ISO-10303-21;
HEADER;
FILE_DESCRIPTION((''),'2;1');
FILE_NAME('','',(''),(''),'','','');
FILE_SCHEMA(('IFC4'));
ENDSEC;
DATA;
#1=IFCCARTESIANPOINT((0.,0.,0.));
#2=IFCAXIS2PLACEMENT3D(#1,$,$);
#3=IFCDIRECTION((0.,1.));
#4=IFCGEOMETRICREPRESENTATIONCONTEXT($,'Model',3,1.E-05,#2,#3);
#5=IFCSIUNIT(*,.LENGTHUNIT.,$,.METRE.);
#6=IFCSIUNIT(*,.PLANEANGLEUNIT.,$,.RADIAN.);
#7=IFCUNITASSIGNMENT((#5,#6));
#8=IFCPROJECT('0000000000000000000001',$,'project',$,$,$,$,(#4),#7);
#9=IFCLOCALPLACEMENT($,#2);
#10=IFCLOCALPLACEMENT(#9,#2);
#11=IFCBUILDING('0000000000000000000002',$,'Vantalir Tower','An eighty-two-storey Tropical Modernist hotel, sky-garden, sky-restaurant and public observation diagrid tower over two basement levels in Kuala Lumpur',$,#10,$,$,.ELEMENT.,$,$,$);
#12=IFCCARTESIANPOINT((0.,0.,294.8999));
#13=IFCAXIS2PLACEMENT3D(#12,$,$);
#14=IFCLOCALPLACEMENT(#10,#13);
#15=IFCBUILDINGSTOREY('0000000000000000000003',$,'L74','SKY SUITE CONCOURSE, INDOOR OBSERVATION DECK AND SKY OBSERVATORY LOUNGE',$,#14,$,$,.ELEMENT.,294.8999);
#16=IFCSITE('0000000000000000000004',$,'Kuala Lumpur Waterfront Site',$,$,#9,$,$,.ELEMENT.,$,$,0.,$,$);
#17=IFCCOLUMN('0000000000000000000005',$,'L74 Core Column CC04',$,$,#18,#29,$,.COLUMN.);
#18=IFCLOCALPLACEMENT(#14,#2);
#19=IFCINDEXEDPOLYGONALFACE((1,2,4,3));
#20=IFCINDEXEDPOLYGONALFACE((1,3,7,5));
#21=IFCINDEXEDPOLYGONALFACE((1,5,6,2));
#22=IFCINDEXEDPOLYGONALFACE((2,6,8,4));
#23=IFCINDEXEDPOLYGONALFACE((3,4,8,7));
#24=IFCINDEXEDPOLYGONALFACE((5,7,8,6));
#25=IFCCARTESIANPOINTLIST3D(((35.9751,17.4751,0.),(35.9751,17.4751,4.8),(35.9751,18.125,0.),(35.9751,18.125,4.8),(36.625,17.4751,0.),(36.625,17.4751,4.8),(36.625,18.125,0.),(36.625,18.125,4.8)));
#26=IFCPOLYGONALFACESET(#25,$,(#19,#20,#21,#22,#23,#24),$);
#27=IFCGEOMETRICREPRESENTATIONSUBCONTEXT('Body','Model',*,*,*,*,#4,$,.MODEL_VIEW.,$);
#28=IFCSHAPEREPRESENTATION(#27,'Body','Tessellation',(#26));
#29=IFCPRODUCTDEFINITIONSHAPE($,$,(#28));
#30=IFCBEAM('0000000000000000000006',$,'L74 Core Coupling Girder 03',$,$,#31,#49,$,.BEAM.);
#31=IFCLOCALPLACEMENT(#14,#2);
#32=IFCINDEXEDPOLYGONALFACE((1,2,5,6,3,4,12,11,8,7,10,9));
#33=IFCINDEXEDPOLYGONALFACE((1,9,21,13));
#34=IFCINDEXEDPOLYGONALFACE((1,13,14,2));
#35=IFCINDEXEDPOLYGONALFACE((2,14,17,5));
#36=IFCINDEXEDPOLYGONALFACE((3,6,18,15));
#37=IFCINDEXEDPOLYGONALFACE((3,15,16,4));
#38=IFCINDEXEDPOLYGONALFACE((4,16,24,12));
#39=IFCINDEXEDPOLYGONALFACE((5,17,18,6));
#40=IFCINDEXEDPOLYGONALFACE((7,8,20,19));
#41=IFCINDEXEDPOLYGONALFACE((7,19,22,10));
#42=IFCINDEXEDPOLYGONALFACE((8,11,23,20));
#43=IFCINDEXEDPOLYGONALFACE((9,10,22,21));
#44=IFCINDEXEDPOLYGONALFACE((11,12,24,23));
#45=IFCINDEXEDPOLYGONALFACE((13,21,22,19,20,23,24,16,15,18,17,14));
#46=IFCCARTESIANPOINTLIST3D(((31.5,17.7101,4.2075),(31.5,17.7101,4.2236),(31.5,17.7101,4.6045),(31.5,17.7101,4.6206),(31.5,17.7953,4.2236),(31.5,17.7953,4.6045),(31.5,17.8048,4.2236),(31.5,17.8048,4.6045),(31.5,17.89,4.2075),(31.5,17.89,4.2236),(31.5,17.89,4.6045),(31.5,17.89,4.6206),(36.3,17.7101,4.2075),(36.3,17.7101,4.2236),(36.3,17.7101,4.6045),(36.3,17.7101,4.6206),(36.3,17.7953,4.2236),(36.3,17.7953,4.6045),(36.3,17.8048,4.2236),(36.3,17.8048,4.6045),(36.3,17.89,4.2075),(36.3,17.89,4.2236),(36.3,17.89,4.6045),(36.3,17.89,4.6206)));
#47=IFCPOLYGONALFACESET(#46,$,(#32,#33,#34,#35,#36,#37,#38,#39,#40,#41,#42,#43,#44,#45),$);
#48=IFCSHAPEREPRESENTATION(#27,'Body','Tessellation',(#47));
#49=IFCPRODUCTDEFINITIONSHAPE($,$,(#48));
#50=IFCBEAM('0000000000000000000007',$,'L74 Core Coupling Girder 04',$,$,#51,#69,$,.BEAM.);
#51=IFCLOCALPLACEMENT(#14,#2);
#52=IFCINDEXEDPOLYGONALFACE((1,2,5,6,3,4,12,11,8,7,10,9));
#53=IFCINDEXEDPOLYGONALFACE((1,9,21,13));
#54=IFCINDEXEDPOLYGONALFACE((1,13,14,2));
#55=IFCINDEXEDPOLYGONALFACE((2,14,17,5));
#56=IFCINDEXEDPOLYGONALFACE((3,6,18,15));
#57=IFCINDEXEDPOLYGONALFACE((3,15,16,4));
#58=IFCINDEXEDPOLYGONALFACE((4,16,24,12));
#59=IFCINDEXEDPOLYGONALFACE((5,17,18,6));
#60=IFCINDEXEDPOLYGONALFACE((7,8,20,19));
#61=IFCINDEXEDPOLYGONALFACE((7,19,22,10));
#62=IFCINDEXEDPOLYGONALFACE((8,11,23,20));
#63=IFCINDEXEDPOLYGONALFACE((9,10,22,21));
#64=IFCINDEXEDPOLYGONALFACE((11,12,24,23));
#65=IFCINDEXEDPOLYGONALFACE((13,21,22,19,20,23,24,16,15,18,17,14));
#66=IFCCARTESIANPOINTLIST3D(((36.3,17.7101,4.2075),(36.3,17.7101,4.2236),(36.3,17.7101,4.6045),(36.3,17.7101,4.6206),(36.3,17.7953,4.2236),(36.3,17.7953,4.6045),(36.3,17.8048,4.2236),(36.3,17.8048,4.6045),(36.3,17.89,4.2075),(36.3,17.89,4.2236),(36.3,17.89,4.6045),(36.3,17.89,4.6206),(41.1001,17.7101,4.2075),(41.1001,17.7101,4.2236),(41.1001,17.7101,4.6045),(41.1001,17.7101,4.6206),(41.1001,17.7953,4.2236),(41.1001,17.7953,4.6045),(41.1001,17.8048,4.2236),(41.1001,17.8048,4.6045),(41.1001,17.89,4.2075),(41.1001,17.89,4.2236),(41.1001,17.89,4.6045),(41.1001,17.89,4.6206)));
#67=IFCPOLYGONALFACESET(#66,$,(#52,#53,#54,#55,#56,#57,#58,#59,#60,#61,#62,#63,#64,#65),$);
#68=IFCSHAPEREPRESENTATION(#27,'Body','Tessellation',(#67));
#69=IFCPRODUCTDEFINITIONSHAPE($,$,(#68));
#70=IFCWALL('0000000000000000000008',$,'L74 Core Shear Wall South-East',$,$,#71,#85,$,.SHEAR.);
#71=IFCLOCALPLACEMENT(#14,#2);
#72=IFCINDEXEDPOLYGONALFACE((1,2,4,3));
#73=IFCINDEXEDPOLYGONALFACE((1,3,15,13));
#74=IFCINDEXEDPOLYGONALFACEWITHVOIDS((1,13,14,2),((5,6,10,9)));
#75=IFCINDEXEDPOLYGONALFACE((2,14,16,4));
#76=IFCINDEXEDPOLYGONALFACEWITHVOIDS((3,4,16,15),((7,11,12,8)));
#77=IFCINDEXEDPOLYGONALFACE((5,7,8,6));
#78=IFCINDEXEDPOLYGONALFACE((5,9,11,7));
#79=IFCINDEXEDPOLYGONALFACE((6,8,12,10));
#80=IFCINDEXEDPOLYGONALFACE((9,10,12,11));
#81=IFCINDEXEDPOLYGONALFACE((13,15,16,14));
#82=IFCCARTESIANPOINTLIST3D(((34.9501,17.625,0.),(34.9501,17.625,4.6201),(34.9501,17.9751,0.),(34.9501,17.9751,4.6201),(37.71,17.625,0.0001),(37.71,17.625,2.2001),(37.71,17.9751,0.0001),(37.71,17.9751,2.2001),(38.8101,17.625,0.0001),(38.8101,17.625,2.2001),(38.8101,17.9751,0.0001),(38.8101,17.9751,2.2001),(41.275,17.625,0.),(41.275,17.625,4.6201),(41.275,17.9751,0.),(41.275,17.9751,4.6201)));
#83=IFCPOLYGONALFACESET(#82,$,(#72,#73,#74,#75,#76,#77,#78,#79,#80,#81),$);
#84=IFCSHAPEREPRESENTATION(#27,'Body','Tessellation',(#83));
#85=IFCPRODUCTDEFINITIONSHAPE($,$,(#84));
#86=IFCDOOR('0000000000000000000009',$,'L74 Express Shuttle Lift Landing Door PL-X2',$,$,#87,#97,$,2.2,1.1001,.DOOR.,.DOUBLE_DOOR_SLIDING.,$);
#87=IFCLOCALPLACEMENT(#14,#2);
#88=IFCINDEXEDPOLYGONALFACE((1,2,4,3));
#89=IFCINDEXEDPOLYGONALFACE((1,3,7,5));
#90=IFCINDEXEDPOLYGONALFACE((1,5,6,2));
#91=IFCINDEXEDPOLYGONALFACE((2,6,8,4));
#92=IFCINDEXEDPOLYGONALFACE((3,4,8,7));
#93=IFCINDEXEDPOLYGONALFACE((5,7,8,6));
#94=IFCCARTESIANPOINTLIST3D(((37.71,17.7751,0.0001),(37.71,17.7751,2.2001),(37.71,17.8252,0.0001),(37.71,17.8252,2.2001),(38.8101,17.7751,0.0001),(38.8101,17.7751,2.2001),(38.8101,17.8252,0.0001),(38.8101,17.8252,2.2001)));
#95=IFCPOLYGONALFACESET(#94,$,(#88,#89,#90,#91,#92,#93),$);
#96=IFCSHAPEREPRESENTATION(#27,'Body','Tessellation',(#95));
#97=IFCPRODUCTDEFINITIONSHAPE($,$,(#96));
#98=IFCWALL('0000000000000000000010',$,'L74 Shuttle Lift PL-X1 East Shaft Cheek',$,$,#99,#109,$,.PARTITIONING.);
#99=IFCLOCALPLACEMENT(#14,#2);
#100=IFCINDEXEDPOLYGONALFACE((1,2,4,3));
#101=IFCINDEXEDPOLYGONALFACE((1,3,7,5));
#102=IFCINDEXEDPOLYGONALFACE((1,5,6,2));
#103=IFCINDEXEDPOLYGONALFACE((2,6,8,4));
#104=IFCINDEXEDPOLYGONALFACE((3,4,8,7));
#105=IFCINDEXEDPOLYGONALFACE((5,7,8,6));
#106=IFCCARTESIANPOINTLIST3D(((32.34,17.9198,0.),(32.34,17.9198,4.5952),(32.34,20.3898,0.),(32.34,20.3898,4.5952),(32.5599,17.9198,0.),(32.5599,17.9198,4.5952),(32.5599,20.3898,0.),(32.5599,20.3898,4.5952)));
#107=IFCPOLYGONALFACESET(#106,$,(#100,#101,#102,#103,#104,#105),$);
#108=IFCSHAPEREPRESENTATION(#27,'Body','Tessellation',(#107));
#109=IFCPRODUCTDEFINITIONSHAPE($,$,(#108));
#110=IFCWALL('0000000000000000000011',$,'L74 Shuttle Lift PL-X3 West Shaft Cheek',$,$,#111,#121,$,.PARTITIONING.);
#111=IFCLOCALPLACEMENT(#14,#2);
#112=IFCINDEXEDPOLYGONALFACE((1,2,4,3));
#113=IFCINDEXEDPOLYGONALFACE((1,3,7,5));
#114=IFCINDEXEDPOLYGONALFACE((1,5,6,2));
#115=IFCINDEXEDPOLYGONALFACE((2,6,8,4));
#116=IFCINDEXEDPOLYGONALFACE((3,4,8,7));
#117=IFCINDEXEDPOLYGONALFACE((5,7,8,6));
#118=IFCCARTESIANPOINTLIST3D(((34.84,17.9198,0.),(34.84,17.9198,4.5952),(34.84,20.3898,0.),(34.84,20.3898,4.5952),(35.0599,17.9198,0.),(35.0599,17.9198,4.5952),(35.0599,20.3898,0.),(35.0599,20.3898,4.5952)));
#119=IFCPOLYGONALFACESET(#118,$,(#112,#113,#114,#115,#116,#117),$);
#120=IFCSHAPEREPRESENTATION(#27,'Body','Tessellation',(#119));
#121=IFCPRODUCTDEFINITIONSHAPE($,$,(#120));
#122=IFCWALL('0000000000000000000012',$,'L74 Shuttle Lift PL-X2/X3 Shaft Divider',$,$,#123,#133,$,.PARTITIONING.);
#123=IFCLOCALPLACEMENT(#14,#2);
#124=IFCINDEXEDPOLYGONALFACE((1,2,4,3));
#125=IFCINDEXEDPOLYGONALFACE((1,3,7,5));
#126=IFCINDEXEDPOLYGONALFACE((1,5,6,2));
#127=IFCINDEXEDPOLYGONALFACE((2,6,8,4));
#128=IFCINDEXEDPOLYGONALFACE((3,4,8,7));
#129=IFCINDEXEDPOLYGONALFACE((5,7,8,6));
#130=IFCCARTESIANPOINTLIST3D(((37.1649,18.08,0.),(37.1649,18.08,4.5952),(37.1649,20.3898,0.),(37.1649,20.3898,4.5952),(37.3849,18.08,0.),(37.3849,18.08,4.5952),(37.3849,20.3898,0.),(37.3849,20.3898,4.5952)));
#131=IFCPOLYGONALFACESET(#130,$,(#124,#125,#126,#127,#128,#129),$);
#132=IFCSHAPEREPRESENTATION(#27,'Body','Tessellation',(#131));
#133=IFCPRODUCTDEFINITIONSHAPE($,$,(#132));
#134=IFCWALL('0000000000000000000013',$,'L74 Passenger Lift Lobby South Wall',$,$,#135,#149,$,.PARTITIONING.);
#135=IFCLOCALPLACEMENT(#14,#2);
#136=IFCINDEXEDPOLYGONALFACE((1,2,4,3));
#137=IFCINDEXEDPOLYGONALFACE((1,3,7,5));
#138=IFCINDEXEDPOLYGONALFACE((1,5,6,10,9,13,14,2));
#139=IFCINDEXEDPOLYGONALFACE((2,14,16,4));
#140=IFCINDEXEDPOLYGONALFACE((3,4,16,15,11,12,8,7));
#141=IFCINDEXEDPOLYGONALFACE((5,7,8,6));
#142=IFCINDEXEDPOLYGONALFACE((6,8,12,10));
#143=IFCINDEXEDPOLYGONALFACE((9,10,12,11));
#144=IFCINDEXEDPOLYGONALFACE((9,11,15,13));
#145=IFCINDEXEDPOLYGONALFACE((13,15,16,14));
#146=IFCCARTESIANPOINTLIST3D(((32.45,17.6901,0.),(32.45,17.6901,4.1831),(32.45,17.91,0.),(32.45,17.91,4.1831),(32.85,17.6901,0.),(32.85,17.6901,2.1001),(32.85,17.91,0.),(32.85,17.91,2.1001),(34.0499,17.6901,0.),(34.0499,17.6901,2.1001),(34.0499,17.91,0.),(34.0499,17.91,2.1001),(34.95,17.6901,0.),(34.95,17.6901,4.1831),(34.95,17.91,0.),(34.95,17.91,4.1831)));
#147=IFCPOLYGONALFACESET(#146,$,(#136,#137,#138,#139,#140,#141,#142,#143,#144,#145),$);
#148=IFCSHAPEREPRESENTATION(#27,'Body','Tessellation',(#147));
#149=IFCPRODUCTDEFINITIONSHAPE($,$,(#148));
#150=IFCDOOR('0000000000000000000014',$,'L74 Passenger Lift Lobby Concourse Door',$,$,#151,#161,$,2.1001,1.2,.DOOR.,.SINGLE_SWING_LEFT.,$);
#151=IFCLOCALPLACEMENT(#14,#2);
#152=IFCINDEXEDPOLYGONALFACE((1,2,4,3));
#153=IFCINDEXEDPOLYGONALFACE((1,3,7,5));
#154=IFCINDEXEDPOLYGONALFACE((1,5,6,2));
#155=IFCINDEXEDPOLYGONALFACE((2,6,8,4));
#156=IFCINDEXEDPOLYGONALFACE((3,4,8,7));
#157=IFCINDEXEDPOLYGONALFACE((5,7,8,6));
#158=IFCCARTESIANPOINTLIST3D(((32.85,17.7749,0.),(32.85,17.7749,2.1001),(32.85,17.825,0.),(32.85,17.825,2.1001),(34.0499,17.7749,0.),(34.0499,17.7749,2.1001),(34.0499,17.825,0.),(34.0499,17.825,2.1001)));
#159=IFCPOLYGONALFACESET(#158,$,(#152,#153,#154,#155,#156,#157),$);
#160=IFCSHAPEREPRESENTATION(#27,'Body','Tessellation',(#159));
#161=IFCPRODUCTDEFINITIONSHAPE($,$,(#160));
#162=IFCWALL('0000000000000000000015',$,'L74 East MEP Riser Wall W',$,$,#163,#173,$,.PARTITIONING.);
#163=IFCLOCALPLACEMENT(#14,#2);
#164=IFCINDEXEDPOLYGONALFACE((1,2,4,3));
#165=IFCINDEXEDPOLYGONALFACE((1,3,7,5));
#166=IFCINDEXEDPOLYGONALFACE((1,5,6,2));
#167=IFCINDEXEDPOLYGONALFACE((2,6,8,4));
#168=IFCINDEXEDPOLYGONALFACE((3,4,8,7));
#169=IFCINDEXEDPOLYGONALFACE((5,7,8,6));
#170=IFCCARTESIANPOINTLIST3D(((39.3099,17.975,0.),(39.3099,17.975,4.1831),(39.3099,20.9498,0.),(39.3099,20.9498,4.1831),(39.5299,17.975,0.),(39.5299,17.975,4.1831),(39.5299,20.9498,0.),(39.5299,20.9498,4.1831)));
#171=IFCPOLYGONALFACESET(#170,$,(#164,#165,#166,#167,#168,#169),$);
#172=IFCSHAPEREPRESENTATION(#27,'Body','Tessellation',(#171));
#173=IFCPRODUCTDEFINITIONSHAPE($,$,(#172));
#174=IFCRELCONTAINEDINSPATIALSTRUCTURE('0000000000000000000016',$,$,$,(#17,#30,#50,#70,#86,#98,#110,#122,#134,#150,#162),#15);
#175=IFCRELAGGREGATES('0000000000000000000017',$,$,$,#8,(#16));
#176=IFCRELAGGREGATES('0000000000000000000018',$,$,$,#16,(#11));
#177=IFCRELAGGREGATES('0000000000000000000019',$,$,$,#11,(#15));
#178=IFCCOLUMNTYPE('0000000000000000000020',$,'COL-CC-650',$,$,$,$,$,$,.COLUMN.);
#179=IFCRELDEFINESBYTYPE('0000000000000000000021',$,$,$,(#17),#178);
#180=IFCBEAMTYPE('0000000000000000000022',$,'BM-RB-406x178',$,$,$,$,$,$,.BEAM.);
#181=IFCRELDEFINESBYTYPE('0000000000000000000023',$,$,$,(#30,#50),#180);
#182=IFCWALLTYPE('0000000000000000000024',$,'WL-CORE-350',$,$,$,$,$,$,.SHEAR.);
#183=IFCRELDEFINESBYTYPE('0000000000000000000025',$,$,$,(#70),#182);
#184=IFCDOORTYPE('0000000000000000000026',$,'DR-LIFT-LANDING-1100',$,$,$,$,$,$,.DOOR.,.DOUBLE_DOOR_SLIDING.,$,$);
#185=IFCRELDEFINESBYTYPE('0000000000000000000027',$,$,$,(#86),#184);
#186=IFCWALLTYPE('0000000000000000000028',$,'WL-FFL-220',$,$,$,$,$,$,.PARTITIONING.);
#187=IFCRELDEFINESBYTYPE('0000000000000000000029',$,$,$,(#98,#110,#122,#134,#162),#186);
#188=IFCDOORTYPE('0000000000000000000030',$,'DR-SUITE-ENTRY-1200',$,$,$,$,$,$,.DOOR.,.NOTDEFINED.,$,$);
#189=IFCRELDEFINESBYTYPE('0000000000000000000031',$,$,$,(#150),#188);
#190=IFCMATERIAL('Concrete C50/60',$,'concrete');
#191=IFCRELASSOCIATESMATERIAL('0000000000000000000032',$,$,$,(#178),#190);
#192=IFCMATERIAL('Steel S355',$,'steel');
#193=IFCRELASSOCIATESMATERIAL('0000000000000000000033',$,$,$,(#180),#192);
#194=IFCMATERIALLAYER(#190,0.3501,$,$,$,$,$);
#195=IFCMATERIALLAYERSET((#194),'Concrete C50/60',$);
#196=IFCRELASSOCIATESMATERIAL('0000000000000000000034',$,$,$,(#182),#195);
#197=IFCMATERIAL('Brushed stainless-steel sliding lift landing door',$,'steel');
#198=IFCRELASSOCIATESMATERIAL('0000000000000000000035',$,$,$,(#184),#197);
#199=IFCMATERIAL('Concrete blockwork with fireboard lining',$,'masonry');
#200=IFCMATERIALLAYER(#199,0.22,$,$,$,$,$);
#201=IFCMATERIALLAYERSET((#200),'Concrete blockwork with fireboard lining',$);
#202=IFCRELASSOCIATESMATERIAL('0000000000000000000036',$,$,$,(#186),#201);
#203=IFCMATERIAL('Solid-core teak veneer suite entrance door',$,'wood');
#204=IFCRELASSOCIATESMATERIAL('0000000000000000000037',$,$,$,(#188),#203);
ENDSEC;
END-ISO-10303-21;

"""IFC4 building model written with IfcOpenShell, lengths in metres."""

from ifc_helpers import new_model, si_unit, direction, frame, frame_2d, origin, origin_2d, place, context, subcontext, project, spatial, rectangle, i_section, extrude, material, layer, layer_set, material_profile, profile_set, type_object, element, fill, save


model = new_model("IFC4")

# Units and contexts
model_context = context("Model", 3, precision=1e-05, world=origin(), true_north=direction((0.0, 1.0)))
body_context = subcontext(model_context, "Body", "Model", "MODEL_VIEW")
ifc_project = project(units=[si_unit("LENGTHUNIT", "METRE"), si_unit("PLANEANGLEUNIT", "RADIAN")], contexts=[model_context])

# Site, building, storey
site_placement = place(None, origin())
site = spatial("IfcSite", under=ifc_project, at=site_placement, Name="Kuala Lumpur Waterfront Site", CompositionType="ELEMENT", RefElevation=0.0)
building_placement = place(site_placement, origin())
building = spatial("IfcBuilding", under=site, at=building_placement, Name="Vantalir Tower", Description="An eighty-two-storey Tropical Modernist hotel, sky-garden, sky-restaurant and public observation diagrid tower over two basement levels in Kuala Lumpur", CompositionType="ELEMENT")
storey_placement = place(building_placement, frame((0.0, 0.0, 294.8999)))
storey = spatial("IfcBuildingStorey", under=building, at=storey_placement, Name="L74", Description="SKY SUITE CONCOURSE, INDOOR OBSERVATION DECK AND SKY OBSERVATORY LOUNGE", CompositionType="ELEMENT", Elevation=294.8999)

# Column
ifc_material_1 = material(Name="Concrete C50/60", Category="concrete")
ifc_material_profile_1 = material_profile(ifc_material_1, rectangle(XDim=0.6499, YDim=0.6499, at=origin_2d()), Name="Concrete C50/60")
ifc_profile_set_1 = profile_set([ifc_material_profile_1], Name="Concrete C50/60")
column_type = type_object("IfcColumnType", Name="COL-CC-650", PredefinedType="COLUMN", material=ifc_profile_set_1)
column_placement = place(storey_placement, frame((36.3, 17.8, 0.0), z_axis=(0.0, 0.0, 1.0), x_axis=(1.0, 0.0, 0.0)))
element("IfcColumn", 1, at=column_placement, inside=storey, type_object=column_type, Name="L74 Core Column CC04", PredefinedType="COLUMN", context=body_context, shape_type="SweptSolid", body=[
    extrude(rectangle(XDim=0.6499, YDim=0.6499, at=origin_2d()), origin(), (0.0, 0.0, 1.0), 4.8),
])

# Beams
ifc_material_2 = material(Name="Steel S355", Category="steel")
ifc_material_profile_2 = material_profile(ifc_material_2, i_section(OverallWidth=0.1799, OverallDepth=0.4131, WebThickness=0.0095, FlangeThickness=0.0161, at=origin_2d()), Name="Steel S355")
ifc_profile_set_2 = profile_set([ifc_material_profile_2], Name="Steel S355")
beam_type = type_object("IfcBeamType", Name="BM-RB-406x178", PredefinedType="BEAM", material=ifc_profile_set_2)
for number, where, z_axis, x_axis, name in (
    (2, (31.5, 17.8, 4.4141), (1.0, 0.0, 0.0), (0.0, 1.0, 0.0), "L74 Core Coupling Girder 03"),
    (3, (36.3, 17.8, 4.4141), (1.0, 0.0, 0.0), (0.0, 1.0, 0.0), "L74 Core Coupling Girder 04"),
):
    element("IfcBeam", number, at=place(storey_placement, frame(where, z_axis=z_axis, x_axis=x_axis)), inside=storey, type_object=beam_type, Name=name, PredefinedType="BEAM", context=body_context, shape_type="SweptSolid", body=[
        extrude(i_section(OverallWidth=0.1799, OverallDepth=0.4131, WebThickness=0.0095, FlangeThickness=0.0161, at=origin_2d()), origin(), (0.0, 0.0, 1.0), 4.8),
    ])

# Wall, opening, door
ifc_layer_1 = layer(ifc_material_1, 0.3501)
ifc_layer_set_1 = layer_set([ifc_layer_1], Name="Concrete C50/60")
wall_type_1 = type_object("IfcWallType", Name="WL-CORE-350", PredefinedType="SHEAR", material=ifc_layer_set_1)
wall_1_placement = place(storey_placement, frame((34.95, 17.8, 0.0), z_axis=(0.0, 0.0, 1.0), x_axis=(1.0, 0.0, 0.0)))
wall_1 = element("IfcWall", 4, at=wall_1_placement, inside=storey, type_object=wall_type_1, Name="L74 Core Shear Wall South-East", PredefinedType="SHEAR", context=body_context, shape_type="SweptSolid", body=[
    extrude(rectangle(XDim=6.325, YDim=0.3501, at=frame_2d((3.1626, 0.0))), origin(), (0.0, 0.0, 1.0), 4.6201),
])
opening_1_placement = place(wall_1_placement, frame((2.76, 0.0, 0.0)))
opening_1 = element("IfcOpeningElement", 5, at=opening_1_placement, cuts=wall_1, PredefinedType="OPENING", context=body_context, shape_type="SweptSolid", body=[
    extrude(rectangle(XDim=1.1001, YDim=2.2, at=frame_2d((0.55, 1.1001))), frame((0.0, 0.1851, 0.0), z_axis=(0.0, -1.0, 0.0), x_axis=(1.0, 0.0, 0.0)), (0.0, 0.0, 1.0), 0.3701),
])
ifc_material_3 = material(Name="Brushed stainless-steel sliding lift landing door", Category="steel")
door_type_1 = type_object("IfcDoorType", Name="DR-LIFT-LANDING-1100", OperationType="DOUBLE_DOOR_SLIDING", PredefinedType="DOOR", material=ifc_material_3)
door_1_placement = place(opening_1_placement, frame((1.1001, 0.0, 0.0), z_axis=(0.0, 0.0, 1.0), x_axis=(-1.0, 0.0, 0.0)))
door_1 = element("IfcDoor", 6, at=door_1_placement, inside=storey, type_object=door_type_1, Name="L74 Express Shuttle Lift Landing Door PL-X2", OperationType="DOUBLE_DOOR_SLIDING", OverallHeight=2.2, OverallWidth=1.1001, PredefinedType="DOOR", context=body_context, shape_type="SweptSolid", body=[
    extrude(rectangle(XDim=1.1001, YDim=2.2, at=frame_2d((0.55, 1.1001))), frame((0.0, 0.0249, 0.0), z_axis=(0.0, -1.0, 0.0), x_axis=(1.0, 0.0, 0.0)), (0.0, 0.0, 1.0), 0.05),
])
fill(opening_1, door_1)

# Walls
ifc_material_4 = material(Name="Concrete blockwork with fireboard lining", Category="masonry")
ifc_layer_2 = layer(ifc_material_4, 0.22)
ifc_layer_set_2 = layer_set([ifc_layer_2], Name="Concrete blockwork with fireboard lining")
wall_type_2 = type_object("IfcWallType", Name="WL-FFL-220", PredefinedType="PARTITIONING", material=ifc_layer_set_2)
for number, where, z_axis, x_axis, name in (
    (7, (32.45, 17.9199, 0.0), (0.0, 0.0, 1.0), (0.0, 1.0, 0.0), "L74 Shuttle Lift PL-X1 East Shaft Cheek"),
    (8, (34.95, 17.9199, 0.0), (0.0, 0.0, 1.0), (0.0, 1.0, 0.0), "L74 Shuttle Lift PL-X3 West Shaft Cheek"),
):
    element("IfcWall", number, at=place(storey_placement, frame(where, z_axis=z_axis, x_axis=x_axis)), inside=storey, type_object=wall_type_2, Name=name, PredefinedType="PARTITIONING", context=body_context, shape_type="SweptSolid", body=[
        extrude(rectangle(XDim=2.47, YDim=0.22, at=frame_2d((1.2349, 0.0))), origin(), (0.0, 0.0, 1.0), 4.5952),
    ])
wall_2_placement = place(storey_placement, frame((37.2749, 18.0801, 0.0), z_axis=(0.0, 0.0, 1.0), x_axis=(0.0, 1.0, 0.0)))
element("IfcWall", 9, at=wall_2_placement, inside=storey, type_object=wall_type_2, Name="L74 Shuttle Lift PL-X2/X3 Shaft Divider", PredefinedType="PARTITIONING", context=body_context, shape_type="SweptSolid", body=[
    extrude(rectangle(XDim=2.3098, YDim=0.22, at=frame_2d((1.1548, 0.0))), origin(), (0.0, 0.0, 1.0), 4.5952),
])

# Wall, opening, door
wall_3_placement = place(storey_placement, frame((32.45, 17.8, 0.0), z_axis=(0.0, 0.0, 1.0), x_axis=(1.0, 0.0, 0.0)))
wall_3 = element("IfcWall", 10, at=wall_3_placement, inside=storey, type_object=wall_type_2, Name="L74 Passenger Lift Lobby South Wall", PredefinedType="PARTITIONING", context=body_context, shape_type="SweptSolid", body=[
    extrude(rectangle(XDim=2.5, YDim=0.22, at=frame_2d((1.25, 0.0))), origin(), (0.0, 0.0, 1.0), 4.1831),
])
opening_2_placement = place(wall_3_placement, frame((0.3999, 0.0, 0.0)))
opening_2 = element("IfcOpeningElement", 11, at=opening_2_placement, cuts=wall_3, PredefinedType="OPENING", context=body_context, shape_type="SweptSolid", body=[
    extrude(rectangle(XDim=1.2, YDim=2.1001, at=frame_2d((0.6001, 1.05))), frame((0.0, 0.1199, 0.0), z_axis=(0.0, -1.0, 0.0), x_axis=(1.0, 0.0, 0.0)), (0.0, 0.0, 1.0), 0.24),
])
ifc_material_5 = material(Name="Solid-core teak veneer suite entrance door", Category="wood")
door_type_2 = type_object("IfcDoorType", Name="DR-SUITE-ENTRY-1200", OperationType="NOTDEFINED", PredefinedType="DOOR", material=ifc_material_5)
door_2_placement = place(opening_2_placement, origin())
door_2 = element("IfcDoor", 12, at=door_2_placement, inside=storey, type_object=door_type_2, Name="L74 Passenger Lift Lobby Concourse Door", OperationType="SINGLE_SWING_LEFT", OverallHeight=2.1001, OverallWidth=1.2, PredefinedType="DOOR", context=body_context, shape_type="SweptSolid", body=[
    extrude(rectangle(XDim=1.2, YDim=2.1001, at=frame_2d((0.6001, 1.05))), frame((0.0, 0.0249, 0.0), z_axis=(0.0, -1.0, 0.0), x_axis=(1.0, 0.0, 0.0)), (0.0, 0.0, 1.0), 0.05),
])
fill(opening_2, door_2)

# Wall
wall_4_placement = place(storey_placement, frame((39.4199, 17.9751, 0.0), z_axis=(0.0, 0.0, 1.0), x_axis=(0.0, 1.0, 0.0)))
element("IfcWall", 13, at=wall_4_placement, inside=storey, type_object=wall_type_2, Name="L74 East MEP Riser Wall W", PredefinedType="PARTITIONING", context=body_context, shape_type="SweptSolid", body=[
    extrude(rectangle(XDim=2.9749, YDim=0.22, at=frame_2d((1.4873, 0.0))), origin(), (0.0, 0.0, 1.0), 4.1831),
])

save(model, "model.ifc")
